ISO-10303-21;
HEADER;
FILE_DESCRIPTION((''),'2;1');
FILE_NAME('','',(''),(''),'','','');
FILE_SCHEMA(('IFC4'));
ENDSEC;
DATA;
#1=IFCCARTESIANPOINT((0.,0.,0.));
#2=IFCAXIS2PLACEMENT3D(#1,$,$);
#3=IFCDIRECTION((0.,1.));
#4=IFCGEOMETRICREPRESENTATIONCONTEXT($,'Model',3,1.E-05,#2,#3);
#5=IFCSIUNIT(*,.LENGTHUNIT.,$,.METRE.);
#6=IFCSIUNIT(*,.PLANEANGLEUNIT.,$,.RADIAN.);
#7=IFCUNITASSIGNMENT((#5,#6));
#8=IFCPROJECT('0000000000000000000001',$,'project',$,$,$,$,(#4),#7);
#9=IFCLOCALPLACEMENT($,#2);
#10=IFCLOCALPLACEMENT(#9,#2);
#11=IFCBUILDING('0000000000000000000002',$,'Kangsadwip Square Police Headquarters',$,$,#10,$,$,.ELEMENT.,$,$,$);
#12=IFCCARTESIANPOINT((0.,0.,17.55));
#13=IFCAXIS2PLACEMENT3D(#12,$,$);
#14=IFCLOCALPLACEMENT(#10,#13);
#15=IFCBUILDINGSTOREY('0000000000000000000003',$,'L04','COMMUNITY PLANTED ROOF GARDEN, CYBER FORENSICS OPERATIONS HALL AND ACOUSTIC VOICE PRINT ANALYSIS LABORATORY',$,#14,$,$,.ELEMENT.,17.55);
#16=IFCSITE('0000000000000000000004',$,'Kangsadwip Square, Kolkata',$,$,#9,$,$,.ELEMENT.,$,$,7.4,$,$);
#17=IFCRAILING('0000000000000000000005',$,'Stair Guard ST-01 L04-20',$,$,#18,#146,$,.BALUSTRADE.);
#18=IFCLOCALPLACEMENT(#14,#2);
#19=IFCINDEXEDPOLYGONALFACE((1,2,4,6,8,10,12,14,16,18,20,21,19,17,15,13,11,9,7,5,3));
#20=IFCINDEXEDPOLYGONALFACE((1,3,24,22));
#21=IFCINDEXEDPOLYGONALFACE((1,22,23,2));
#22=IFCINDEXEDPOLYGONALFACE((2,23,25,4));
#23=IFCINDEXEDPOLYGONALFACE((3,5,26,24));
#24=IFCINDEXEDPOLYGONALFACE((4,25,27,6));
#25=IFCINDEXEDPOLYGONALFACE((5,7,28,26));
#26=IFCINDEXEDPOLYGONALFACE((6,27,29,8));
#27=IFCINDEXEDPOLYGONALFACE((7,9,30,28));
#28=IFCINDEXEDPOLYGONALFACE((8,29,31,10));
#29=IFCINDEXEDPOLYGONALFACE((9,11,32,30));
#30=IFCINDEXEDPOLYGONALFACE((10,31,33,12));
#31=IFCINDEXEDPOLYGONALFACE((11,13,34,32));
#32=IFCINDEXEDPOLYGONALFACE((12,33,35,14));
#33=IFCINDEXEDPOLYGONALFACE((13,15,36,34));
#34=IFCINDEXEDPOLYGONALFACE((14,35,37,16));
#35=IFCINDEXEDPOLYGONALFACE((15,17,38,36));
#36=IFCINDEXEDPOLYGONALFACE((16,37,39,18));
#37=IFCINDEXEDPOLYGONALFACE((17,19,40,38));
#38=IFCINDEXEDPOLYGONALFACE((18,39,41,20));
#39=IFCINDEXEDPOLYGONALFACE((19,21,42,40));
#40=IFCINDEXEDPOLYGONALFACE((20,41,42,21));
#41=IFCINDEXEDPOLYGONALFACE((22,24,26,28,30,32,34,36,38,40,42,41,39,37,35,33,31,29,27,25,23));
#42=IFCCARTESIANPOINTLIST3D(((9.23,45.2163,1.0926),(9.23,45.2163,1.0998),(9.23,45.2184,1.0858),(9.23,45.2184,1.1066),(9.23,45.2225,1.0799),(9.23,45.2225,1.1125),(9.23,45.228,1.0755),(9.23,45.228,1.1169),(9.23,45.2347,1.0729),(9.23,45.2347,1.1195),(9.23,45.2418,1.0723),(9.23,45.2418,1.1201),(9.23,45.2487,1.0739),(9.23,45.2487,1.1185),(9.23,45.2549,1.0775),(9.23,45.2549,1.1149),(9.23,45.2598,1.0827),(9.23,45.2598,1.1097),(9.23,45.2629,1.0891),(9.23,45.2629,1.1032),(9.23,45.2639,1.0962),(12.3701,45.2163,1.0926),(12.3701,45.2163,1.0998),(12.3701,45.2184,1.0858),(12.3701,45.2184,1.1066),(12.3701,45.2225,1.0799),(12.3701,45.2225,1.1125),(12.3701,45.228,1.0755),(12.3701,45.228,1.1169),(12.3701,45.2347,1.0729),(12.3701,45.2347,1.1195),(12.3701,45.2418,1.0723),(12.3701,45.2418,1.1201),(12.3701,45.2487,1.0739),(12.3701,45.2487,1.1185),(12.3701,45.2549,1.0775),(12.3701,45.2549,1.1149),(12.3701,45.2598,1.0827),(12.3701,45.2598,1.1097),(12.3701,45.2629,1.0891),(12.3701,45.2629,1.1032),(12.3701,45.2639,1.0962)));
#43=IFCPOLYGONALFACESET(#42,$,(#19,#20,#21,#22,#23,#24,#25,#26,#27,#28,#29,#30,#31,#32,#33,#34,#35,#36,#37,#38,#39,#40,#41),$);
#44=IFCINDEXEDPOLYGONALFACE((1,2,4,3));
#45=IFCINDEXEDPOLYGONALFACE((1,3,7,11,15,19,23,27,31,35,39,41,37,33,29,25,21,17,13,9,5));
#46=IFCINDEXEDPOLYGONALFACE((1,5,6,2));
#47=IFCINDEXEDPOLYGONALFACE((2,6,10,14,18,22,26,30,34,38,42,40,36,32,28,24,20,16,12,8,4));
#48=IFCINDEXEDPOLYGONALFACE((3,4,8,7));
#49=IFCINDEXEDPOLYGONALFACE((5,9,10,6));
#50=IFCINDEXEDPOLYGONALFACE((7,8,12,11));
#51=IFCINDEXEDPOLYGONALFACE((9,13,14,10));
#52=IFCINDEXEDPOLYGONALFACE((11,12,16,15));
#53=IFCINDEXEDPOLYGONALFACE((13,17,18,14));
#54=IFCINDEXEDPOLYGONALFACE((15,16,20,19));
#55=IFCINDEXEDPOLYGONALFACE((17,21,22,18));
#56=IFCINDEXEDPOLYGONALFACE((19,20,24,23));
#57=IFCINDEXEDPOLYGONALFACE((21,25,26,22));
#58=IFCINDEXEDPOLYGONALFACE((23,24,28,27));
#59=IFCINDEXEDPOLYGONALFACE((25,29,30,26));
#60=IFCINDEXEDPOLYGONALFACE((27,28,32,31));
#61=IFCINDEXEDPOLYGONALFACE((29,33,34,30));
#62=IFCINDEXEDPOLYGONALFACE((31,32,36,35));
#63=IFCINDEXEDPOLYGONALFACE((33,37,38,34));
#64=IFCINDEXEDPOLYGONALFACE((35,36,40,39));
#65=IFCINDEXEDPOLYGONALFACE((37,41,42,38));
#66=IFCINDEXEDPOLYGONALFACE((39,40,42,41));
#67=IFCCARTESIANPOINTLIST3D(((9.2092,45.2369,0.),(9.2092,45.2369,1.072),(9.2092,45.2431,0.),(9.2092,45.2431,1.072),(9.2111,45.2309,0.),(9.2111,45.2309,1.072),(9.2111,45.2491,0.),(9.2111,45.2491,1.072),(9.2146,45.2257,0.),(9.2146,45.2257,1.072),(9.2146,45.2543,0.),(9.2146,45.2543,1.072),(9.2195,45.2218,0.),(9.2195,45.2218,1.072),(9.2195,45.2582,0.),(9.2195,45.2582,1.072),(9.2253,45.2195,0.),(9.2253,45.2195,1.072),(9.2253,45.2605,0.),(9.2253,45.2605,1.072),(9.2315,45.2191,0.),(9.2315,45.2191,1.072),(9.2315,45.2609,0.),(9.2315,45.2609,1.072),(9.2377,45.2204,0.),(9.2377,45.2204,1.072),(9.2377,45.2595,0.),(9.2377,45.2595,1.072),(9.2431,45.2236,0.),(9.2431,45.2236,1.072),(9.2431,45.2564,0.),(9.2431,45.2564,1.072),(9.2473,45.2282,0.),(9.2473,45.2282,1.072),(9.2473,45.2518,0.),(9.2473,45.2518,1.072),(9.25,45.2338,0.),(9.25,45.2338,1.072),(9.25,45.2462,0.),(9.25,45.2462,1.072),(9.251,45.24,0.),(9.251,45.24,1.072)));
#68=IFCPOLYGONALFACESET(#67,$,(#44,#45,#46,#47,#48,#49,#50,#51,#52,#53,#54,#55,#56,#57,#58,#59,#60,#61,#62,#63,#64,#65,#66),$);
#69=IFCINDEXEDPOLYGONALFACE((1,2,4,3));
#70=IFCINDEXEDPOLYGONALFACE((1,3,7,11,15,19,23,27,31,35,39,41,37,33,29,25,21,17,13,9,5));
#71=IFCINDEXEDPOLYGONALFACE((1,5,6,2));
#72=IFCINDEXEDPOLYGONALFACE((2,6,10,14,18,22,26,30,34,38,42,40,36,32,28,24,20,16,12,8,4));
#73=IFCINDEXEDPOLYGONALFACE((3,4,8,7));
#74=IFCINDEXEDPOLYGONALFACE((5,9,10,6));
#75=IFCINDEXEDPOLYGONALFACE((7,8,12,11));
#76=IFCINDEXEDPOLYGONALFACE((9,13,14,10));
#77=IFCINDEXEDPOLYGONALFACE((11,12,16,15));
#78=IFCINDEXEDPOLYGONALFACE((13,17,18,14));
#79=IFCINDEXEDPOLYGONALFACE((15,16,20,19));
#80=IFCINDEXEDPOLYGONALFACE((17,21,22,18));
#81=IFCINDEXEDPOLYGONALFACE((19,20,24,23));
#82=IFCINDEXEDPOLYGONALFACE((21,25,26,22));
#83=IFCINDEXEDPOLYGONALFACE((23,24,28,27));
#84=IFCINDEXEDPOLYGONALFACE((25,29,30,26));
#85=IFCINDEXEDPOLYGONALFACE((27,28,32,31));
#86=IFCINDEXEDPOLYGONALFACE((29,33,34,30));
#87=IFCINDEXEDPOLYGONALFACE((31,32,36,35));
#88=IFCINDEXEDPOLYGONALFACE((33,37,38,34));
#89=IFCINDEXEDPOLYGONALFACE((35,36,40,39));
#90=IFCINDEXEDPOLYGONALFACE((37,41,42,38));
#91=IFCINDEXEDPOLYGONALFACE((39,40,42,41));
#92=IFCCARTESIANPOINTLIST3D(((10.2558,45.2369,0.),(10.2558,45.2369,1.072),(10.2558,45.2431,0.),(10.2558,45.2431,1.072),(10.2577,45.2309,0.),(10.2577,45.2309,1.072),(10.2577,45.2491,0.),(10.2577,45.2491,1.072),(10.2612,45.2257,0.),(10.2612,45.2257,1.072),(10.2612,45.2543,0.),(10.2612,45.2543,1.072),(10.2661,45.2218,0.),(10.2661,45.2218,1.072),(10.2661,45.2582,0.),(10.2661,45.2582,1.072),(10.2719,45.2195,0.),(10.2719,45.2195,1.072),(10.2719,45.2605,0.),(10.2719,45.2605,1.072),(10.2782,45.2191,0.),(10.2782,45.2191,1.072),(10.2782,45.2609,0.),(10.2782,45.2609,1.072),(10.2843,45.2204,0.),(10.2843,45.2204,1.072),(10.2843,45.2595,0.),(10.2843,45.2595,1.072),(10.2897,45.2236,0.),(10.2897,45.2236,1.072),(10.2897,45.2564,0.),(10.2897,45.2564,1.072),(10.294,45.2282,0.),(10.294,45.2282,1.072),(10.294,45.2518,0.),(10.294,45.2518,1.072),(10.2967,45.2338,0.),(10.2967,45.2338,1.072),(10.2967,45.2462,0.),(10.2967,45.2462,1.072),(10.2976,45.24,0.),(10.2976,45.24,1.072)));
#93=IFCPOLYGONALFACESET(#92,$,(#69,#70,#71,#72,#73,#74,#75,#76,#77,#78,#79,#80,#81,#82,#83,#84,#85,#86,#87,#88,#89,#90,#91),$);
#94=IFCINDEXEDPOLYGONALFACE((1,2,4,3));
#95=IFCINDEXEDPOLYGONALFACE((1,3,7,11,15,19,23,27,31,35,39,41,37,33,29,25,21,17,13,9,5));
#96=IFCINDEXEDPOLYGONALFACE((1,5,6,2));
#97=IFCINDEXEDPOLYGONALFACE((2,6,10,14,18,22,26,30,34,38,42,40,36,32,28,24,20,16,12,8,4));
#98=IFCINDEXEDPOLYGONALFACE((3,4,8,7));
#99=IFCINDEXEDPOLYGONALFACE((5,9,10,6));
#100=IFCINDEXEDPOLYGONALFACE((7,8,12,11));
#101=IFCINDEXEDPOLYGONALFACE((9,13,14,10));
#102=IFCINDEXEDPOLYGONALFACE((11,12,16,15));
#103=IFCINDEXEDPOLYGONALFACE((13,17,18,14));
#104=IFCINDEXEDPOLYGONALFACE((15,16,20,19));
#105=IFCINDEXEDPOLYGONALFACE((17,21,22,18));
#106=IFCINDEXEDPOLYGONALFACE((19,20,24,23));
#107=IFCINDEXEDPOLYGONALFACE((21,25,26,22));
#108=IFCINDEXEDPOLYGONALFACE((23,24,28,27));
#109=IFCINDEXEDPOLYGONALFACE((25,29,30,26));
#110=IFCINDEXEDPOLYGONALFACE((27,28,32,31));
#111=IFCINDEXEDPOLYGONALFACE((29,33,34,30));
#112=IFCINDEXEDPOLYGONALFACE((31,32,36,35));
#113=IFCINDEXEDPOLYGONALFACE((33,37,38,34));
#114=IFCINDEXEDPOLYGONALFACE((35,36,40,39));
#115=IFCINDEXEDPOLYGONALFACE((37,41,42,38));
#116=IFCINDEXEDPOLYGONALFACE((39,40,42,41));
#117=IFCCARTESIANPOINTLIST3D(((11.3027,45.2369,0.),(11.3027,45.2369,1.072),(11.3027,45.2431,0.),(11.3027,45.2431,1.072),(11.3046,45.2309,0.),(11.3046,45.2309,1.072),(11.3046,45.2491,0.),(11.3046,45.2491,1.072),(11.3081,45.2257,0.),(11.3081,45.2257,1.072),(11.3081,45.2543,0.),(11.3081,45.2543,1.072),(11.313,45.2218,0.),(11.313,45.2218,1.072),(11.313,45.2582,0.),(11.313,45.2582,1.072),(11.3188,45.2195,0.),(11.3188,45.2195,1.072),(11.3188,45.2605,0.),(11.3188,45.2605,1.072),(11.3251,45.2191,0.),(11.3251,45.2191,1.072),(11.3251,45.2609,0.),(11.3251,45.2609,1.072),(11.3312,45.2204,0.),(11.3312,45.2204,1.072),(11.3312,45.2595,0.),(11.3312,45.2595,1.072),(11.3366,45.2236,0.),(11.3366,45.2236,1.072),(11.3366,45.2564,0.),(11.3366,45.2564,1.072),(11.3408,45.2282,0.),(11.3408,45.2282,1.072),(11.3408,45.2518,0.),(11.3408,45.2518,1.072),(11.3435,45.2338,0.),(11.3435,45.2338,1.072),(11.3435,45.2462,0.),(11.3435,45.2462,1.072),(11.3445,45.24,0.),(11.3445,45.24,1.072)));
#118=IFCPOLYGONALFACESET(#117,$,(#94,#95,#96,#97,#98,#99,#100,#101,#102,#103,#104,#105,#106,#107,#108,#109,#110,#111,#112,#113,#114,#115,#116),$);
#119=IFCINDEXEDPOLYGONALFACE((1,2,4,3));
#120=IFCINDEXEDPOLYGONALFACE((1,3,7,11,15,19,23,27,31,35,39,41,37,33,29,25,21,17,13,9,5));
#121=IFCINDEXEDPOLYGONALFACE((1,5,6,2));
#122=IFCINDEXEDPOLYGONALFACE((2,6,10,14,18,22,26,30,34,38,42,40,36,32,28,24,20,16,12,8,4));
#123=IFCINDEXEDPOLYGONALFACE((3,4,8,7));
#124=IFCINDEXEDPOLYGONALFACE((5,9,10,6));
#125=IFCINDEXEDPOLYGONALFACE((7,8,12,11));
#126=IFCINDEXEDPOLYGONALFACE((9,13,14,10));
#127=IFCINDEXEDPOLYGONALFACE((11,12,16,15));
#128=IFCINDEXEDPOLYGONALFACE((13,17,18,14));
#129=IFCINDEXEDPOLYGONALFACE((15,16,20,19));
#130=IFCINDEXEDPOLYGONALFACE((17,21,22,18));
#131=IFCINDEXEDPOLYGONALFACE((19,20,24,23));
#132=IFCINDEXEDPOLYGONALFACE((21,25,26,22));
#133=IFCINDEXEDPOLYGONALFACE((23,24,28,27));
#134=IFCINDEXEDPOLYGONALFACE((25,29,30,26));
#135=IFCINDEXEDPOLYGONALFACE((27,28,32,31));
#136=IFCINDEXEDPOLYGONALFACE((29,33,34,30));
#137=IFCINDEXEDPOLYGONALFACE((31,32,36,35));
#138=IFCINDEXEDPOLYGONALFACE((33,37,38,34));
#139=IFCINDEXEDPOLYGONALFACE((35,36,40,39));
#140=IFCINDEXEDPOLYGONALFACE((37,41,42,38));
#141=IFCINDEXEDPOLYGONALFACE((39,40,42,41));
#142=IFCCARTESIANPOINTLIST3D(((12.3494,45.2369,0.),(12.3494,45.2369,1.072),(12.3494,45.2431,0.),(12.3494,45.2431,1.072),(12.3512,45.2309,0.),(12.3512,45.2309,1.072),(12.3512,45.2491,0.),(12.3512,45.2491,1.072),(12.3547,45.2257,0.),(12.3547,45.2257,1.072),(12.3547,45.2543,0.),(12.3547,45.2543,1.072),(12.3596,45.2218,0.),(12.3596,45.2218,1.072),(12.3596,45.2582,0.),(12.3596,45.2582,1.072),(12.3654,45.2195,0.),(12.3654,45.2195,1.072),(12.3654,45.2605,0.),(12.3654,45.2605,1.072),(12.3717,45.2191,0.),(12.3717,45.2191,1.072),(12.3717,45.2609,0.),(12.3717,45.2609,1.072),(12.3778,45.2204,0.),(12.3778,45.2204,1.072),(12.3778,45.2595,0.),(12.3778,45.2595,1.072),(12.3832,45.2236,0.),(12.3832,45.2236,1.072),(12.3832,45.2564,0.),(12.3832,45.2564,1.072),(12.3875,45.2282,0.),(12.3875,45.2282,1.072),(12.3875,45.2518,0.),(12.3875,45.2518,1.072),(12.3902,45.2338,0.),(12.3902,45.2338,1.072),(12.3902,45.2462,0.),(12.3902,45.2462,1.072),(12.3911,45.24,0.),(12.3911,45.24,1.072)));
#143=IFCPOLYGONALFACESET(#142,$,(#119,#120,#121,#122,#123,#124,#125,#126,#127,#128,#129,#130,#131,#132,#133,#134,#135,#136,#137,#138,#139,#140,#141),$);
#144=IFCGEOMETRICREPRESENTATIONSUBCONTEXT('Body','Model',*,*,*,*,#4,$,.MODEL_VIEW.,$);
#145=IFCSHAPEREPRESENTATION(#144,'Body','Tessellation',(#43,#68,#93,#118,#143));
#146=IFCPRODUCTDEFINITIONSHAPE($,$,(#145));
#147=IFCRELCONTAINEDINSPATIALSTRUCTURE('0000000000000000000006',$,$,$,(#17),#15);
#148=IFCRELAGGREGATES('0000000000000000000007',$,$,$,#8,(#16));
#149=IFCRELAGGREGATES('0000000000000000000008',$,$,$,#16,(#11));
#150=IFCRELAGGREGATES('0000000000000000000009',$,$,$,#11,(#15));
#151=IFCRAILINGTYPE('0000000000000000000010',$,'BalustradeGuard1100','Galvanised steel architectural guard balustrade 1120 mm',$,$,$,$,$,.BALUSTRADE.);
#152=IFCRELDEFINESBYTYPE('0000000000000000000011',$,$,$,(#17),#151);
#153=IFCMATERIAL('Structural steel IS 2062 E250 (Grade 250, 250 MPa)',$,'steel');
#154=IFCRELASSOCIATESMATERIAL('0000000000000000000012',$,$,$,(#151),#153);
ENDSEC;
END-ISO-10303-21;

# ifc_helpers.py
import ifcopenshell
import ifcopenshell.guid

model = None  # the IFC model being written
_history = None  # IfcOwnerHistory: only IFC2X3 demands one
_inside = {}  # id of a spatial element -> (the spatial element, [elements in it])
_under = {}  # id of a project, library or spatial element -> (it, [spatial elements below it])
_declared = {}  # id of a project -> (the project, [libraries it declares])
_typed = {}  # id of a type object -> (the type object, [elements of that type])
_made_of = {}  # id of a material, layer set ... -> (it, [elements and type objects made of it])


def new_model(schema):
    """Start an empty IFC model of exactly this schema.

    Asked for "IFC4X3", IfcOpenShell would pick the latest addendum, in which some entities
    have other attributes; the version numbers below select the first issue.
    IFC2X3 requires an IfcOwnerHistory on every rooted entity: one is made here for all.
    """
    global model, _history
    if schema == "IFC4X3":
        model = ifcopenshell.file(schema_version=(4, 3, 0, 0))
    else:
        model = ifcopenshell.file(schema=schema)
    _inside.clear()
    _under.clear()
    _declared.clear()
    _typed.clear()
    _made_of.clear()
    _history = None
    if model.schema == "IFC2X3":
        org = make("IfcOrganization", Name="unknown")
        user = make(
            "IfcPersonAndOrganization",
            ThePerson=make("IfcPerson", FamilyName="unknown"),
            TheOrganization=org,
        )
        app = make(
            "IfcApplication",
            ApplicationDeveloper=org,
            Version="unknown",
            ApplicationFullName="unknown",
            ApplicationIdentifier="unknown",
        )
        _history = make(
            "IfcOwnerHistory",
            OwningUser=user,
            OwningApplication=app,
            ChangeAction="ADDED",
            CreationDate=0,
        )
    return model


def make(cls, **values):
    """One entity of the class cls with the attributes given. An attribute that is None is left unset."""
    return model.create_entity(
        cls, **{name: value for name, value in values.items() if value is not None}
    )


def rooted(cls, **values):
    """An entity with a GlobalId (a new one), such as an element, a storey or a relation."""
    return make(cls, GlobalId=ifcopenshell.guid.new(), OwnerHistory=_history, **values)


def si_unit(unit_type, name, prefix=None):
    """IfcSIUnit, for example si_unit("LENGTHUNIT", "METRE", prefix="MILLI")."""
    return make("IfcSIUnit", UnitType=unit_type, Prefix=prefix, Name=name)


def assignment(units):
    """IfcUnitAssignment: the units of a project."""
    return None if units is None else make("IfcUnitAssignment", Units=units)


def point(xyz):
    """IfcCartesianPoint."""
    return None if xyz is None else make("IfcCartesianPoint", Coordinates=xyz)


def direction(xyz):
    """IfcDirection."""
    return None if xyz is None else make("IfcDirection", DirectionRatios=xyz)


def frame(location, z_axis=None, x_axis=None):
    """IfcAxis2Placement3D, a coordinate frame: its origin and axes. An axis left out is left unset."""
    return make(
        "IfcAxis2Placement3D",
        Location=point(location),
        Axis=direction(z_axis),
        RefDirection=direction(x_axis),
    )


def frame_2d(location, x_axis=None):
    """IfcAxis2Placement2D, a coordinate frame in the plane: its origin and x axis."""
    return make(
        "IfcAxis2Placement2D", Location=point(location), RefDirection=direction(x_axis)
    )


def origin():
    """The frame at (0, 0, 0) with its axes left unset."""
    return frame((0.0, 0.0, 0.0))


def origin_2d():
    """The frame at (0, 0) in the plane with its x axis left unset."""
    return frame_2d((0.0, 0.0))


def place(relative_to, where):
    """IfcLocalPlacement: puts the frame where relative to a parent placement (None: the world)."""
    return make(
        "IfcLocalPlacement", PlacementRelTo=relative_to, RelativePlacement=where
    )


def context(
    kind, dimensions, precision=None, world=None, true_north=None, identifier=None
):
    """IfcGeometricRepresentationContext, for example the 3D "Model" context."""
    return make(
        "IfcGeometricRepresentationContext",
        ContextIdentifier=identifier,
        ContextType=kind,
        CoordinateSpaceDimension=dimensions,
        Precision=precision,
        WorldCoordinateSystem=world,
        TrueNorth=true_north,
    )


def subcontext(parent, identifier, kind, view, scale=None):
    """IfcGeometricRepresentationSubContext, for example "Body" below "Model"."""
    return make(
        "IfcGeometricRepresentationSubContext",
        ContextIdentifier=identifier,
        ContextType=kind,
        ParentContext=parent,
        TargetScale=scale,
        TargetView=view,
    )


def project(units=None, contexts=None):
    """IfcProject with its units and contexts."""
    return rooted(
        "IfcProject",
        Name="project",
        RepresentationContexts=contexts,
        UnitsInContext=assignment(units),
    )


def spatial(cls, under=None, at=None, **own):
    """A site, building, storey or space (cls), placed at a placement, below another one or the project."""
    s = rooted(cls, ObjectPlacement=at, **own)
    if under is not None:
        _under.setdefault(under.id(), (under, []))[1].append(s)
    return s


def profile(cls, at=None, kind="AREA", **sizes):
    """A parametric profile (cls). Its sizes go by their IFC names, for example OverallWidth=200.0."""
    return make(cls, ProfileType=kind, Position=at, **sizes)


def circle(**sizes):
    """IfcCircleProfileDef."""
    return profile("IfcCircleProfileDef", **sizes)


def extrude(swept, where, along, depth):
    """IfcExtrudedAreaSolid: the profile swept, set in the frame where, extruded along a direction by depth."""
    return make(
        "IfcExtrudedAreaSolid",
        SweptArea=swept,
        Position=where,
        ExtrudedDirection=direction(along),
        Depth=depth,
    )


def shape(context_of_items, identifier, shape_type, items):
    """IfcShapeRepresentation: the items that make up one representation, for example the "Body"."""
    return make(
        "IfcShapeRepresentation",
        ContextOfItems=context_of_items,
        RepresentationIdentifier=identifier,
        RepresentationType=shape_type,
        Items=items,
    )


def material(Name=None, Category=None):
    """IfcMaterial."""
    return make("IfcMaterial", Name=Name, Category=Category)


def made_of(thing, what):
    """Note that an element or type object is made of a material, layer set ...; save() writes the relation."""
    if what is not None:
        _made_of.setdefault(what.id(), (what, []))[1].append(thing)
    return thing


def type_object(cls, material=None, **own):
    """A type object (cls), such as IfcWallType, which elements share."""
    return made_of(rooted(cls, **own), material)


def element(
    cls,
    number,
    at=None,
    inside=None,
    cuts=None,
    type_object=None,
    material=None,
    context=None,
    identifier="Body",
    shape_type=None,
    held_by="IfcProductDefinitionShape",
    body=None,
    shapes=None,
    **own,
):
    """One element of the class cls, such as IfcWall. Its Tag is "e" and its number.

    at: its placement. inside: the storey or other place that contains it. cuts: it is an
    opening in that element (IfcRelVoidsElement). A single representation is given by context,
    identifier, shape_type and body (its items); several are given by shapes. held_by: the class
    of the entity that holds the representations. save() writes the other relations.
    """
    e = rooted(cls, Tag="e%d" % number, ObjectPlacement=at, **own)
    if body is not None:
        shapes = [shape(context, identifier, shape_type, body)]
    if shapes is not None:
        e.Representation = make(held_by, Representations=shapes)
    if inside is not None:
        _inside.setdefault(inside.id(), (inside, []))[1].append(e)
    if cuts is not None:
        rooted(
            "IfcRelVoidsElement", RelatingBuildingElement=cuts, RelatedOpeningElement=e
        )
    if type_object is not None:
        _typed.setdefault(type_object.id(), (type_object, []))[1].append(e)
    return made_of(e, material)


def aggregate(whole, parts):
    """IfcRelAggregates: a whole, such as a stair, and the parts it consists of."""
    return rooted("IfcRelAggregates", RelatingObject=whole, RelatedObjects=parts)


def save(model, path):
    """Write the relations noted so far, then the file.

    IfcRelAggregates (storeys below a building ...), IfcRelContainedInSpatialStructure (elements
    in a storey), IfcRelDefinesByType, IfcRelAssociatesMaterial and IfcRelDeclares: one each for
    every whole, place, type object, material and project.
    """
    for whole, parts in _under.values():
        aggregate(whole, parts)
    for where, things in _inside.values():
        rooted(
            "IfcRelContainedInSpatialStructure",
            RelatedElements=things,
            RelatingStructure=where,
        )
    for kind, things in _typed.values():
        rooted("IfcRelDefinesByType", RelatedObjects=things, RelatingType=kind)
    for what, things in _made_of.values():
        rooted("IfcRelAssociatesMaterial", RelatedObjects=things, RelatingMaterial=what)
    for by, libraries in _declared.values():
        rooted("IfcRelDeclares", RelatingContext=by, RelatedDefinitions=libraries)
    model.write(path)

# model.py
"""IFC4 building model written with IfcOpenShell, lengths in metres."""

from ifc_helpers import new_model, si_unit, direction, frame, origin, origin_2d, place, context, subcontext, project, spatial, circle, extrude, material, type_object, element, save


model = new_model("IFC4")

# Units and contexts
model_context = context("Model", 3, precision=1e-05, world=origin(), true_north=direction((0.0, 1.0)))
body_context = subcontext(model_context, "Body", "Model", "MODEL_VIEW")
ifc_project = project(units=[si_unit("LENGTHUNIT", "METRE"), si_unit("PLANEANGLEUNIT", "RADIAN")], contexts=[model_context])

# Site, building, storey
site_placement = place(None, origin())
site = spatial("IfcSite", under=ifc_project, at=site_placement, Name="Kangsadwip Square, Kolkata", CompositionType="ELEMENT", RefElevation=7.4)
building_placement = place(site_placement, origin())
building = spatial("IfcBuilding", under=site, at=building_placement, Name="Kangsadwip Square Police Headquarters", CompositionType="ELEMENT")
storey_placement = place(building_placement, frame((0.0, 0.0, 17.55)))
storey = spatial("IfcBuildingStorey", under=building, at=storey_placement, Name="L04", Description="COMMUNITY PLANTED ROOF GARDEN, CYBER FORENSICS OPERATIONS HALL AND ACOUSTIC VOICE PRINT ANALYSIS LABORATORY", CompositionType="ELEMENT", Elevation=17.55)

# Railing
ifc_material_1 = material(Name="Structural steel IS 2062 E250 (Grade 250, 250 MPa)", Category="steel")
railing_type_1 = type_object("IfcRailingType", Name="BalustradeGuard1100", Description="Galvanised steel architectural guard balustrade 1120 mm", PredefinedType="BALUSTRADE", material=ifc_material_1)
for number, where, name in (
    (1, (9.23, 45.24, 0.0), "Stair Guard ST-01 L04-20"),
):
    element("IfcRailing", number, at=place(storey_placement, frame(where)), inside=storey, type_object=railing_type_1, Name=name, PredefinedType="BALUSTRADE", context=body_context, shape_type="SweptSolid", body=[
        extrude(circle(Radius=0.0239, at=origin_2d()), frame((0.0, 0.0, 1.0962), z_axis=(1.0, 0.0, 0.0), x_axis=(0.0, 1.0, 0.0)), (0.0, 0.0, 1.0), 3.1401),
        extrude(circle(Radius=0.021, at=origin_2d()), origin(), (0.0, 0.0, 1.0), 1.072),
        extrude(circle(Radius=0.021, at=origin_2d()), frame((1.0466, 0.0, 0.0)), (0.0, 0.0, 1.0), 1.072),
        extrude(circle(Radius=0.021, at=origin_2d()), frame((2.0935, 0.0, 0.0)), (0.0, 0.0, 1.0), 1.072),
        extrude(circle(Radius=0.021, at=origin_2d()), frame((3.1401, 0.0, 0.0)), (0.0, 0.0, 1.0), 1.072),
    ])

save(model, "model.ifc")
